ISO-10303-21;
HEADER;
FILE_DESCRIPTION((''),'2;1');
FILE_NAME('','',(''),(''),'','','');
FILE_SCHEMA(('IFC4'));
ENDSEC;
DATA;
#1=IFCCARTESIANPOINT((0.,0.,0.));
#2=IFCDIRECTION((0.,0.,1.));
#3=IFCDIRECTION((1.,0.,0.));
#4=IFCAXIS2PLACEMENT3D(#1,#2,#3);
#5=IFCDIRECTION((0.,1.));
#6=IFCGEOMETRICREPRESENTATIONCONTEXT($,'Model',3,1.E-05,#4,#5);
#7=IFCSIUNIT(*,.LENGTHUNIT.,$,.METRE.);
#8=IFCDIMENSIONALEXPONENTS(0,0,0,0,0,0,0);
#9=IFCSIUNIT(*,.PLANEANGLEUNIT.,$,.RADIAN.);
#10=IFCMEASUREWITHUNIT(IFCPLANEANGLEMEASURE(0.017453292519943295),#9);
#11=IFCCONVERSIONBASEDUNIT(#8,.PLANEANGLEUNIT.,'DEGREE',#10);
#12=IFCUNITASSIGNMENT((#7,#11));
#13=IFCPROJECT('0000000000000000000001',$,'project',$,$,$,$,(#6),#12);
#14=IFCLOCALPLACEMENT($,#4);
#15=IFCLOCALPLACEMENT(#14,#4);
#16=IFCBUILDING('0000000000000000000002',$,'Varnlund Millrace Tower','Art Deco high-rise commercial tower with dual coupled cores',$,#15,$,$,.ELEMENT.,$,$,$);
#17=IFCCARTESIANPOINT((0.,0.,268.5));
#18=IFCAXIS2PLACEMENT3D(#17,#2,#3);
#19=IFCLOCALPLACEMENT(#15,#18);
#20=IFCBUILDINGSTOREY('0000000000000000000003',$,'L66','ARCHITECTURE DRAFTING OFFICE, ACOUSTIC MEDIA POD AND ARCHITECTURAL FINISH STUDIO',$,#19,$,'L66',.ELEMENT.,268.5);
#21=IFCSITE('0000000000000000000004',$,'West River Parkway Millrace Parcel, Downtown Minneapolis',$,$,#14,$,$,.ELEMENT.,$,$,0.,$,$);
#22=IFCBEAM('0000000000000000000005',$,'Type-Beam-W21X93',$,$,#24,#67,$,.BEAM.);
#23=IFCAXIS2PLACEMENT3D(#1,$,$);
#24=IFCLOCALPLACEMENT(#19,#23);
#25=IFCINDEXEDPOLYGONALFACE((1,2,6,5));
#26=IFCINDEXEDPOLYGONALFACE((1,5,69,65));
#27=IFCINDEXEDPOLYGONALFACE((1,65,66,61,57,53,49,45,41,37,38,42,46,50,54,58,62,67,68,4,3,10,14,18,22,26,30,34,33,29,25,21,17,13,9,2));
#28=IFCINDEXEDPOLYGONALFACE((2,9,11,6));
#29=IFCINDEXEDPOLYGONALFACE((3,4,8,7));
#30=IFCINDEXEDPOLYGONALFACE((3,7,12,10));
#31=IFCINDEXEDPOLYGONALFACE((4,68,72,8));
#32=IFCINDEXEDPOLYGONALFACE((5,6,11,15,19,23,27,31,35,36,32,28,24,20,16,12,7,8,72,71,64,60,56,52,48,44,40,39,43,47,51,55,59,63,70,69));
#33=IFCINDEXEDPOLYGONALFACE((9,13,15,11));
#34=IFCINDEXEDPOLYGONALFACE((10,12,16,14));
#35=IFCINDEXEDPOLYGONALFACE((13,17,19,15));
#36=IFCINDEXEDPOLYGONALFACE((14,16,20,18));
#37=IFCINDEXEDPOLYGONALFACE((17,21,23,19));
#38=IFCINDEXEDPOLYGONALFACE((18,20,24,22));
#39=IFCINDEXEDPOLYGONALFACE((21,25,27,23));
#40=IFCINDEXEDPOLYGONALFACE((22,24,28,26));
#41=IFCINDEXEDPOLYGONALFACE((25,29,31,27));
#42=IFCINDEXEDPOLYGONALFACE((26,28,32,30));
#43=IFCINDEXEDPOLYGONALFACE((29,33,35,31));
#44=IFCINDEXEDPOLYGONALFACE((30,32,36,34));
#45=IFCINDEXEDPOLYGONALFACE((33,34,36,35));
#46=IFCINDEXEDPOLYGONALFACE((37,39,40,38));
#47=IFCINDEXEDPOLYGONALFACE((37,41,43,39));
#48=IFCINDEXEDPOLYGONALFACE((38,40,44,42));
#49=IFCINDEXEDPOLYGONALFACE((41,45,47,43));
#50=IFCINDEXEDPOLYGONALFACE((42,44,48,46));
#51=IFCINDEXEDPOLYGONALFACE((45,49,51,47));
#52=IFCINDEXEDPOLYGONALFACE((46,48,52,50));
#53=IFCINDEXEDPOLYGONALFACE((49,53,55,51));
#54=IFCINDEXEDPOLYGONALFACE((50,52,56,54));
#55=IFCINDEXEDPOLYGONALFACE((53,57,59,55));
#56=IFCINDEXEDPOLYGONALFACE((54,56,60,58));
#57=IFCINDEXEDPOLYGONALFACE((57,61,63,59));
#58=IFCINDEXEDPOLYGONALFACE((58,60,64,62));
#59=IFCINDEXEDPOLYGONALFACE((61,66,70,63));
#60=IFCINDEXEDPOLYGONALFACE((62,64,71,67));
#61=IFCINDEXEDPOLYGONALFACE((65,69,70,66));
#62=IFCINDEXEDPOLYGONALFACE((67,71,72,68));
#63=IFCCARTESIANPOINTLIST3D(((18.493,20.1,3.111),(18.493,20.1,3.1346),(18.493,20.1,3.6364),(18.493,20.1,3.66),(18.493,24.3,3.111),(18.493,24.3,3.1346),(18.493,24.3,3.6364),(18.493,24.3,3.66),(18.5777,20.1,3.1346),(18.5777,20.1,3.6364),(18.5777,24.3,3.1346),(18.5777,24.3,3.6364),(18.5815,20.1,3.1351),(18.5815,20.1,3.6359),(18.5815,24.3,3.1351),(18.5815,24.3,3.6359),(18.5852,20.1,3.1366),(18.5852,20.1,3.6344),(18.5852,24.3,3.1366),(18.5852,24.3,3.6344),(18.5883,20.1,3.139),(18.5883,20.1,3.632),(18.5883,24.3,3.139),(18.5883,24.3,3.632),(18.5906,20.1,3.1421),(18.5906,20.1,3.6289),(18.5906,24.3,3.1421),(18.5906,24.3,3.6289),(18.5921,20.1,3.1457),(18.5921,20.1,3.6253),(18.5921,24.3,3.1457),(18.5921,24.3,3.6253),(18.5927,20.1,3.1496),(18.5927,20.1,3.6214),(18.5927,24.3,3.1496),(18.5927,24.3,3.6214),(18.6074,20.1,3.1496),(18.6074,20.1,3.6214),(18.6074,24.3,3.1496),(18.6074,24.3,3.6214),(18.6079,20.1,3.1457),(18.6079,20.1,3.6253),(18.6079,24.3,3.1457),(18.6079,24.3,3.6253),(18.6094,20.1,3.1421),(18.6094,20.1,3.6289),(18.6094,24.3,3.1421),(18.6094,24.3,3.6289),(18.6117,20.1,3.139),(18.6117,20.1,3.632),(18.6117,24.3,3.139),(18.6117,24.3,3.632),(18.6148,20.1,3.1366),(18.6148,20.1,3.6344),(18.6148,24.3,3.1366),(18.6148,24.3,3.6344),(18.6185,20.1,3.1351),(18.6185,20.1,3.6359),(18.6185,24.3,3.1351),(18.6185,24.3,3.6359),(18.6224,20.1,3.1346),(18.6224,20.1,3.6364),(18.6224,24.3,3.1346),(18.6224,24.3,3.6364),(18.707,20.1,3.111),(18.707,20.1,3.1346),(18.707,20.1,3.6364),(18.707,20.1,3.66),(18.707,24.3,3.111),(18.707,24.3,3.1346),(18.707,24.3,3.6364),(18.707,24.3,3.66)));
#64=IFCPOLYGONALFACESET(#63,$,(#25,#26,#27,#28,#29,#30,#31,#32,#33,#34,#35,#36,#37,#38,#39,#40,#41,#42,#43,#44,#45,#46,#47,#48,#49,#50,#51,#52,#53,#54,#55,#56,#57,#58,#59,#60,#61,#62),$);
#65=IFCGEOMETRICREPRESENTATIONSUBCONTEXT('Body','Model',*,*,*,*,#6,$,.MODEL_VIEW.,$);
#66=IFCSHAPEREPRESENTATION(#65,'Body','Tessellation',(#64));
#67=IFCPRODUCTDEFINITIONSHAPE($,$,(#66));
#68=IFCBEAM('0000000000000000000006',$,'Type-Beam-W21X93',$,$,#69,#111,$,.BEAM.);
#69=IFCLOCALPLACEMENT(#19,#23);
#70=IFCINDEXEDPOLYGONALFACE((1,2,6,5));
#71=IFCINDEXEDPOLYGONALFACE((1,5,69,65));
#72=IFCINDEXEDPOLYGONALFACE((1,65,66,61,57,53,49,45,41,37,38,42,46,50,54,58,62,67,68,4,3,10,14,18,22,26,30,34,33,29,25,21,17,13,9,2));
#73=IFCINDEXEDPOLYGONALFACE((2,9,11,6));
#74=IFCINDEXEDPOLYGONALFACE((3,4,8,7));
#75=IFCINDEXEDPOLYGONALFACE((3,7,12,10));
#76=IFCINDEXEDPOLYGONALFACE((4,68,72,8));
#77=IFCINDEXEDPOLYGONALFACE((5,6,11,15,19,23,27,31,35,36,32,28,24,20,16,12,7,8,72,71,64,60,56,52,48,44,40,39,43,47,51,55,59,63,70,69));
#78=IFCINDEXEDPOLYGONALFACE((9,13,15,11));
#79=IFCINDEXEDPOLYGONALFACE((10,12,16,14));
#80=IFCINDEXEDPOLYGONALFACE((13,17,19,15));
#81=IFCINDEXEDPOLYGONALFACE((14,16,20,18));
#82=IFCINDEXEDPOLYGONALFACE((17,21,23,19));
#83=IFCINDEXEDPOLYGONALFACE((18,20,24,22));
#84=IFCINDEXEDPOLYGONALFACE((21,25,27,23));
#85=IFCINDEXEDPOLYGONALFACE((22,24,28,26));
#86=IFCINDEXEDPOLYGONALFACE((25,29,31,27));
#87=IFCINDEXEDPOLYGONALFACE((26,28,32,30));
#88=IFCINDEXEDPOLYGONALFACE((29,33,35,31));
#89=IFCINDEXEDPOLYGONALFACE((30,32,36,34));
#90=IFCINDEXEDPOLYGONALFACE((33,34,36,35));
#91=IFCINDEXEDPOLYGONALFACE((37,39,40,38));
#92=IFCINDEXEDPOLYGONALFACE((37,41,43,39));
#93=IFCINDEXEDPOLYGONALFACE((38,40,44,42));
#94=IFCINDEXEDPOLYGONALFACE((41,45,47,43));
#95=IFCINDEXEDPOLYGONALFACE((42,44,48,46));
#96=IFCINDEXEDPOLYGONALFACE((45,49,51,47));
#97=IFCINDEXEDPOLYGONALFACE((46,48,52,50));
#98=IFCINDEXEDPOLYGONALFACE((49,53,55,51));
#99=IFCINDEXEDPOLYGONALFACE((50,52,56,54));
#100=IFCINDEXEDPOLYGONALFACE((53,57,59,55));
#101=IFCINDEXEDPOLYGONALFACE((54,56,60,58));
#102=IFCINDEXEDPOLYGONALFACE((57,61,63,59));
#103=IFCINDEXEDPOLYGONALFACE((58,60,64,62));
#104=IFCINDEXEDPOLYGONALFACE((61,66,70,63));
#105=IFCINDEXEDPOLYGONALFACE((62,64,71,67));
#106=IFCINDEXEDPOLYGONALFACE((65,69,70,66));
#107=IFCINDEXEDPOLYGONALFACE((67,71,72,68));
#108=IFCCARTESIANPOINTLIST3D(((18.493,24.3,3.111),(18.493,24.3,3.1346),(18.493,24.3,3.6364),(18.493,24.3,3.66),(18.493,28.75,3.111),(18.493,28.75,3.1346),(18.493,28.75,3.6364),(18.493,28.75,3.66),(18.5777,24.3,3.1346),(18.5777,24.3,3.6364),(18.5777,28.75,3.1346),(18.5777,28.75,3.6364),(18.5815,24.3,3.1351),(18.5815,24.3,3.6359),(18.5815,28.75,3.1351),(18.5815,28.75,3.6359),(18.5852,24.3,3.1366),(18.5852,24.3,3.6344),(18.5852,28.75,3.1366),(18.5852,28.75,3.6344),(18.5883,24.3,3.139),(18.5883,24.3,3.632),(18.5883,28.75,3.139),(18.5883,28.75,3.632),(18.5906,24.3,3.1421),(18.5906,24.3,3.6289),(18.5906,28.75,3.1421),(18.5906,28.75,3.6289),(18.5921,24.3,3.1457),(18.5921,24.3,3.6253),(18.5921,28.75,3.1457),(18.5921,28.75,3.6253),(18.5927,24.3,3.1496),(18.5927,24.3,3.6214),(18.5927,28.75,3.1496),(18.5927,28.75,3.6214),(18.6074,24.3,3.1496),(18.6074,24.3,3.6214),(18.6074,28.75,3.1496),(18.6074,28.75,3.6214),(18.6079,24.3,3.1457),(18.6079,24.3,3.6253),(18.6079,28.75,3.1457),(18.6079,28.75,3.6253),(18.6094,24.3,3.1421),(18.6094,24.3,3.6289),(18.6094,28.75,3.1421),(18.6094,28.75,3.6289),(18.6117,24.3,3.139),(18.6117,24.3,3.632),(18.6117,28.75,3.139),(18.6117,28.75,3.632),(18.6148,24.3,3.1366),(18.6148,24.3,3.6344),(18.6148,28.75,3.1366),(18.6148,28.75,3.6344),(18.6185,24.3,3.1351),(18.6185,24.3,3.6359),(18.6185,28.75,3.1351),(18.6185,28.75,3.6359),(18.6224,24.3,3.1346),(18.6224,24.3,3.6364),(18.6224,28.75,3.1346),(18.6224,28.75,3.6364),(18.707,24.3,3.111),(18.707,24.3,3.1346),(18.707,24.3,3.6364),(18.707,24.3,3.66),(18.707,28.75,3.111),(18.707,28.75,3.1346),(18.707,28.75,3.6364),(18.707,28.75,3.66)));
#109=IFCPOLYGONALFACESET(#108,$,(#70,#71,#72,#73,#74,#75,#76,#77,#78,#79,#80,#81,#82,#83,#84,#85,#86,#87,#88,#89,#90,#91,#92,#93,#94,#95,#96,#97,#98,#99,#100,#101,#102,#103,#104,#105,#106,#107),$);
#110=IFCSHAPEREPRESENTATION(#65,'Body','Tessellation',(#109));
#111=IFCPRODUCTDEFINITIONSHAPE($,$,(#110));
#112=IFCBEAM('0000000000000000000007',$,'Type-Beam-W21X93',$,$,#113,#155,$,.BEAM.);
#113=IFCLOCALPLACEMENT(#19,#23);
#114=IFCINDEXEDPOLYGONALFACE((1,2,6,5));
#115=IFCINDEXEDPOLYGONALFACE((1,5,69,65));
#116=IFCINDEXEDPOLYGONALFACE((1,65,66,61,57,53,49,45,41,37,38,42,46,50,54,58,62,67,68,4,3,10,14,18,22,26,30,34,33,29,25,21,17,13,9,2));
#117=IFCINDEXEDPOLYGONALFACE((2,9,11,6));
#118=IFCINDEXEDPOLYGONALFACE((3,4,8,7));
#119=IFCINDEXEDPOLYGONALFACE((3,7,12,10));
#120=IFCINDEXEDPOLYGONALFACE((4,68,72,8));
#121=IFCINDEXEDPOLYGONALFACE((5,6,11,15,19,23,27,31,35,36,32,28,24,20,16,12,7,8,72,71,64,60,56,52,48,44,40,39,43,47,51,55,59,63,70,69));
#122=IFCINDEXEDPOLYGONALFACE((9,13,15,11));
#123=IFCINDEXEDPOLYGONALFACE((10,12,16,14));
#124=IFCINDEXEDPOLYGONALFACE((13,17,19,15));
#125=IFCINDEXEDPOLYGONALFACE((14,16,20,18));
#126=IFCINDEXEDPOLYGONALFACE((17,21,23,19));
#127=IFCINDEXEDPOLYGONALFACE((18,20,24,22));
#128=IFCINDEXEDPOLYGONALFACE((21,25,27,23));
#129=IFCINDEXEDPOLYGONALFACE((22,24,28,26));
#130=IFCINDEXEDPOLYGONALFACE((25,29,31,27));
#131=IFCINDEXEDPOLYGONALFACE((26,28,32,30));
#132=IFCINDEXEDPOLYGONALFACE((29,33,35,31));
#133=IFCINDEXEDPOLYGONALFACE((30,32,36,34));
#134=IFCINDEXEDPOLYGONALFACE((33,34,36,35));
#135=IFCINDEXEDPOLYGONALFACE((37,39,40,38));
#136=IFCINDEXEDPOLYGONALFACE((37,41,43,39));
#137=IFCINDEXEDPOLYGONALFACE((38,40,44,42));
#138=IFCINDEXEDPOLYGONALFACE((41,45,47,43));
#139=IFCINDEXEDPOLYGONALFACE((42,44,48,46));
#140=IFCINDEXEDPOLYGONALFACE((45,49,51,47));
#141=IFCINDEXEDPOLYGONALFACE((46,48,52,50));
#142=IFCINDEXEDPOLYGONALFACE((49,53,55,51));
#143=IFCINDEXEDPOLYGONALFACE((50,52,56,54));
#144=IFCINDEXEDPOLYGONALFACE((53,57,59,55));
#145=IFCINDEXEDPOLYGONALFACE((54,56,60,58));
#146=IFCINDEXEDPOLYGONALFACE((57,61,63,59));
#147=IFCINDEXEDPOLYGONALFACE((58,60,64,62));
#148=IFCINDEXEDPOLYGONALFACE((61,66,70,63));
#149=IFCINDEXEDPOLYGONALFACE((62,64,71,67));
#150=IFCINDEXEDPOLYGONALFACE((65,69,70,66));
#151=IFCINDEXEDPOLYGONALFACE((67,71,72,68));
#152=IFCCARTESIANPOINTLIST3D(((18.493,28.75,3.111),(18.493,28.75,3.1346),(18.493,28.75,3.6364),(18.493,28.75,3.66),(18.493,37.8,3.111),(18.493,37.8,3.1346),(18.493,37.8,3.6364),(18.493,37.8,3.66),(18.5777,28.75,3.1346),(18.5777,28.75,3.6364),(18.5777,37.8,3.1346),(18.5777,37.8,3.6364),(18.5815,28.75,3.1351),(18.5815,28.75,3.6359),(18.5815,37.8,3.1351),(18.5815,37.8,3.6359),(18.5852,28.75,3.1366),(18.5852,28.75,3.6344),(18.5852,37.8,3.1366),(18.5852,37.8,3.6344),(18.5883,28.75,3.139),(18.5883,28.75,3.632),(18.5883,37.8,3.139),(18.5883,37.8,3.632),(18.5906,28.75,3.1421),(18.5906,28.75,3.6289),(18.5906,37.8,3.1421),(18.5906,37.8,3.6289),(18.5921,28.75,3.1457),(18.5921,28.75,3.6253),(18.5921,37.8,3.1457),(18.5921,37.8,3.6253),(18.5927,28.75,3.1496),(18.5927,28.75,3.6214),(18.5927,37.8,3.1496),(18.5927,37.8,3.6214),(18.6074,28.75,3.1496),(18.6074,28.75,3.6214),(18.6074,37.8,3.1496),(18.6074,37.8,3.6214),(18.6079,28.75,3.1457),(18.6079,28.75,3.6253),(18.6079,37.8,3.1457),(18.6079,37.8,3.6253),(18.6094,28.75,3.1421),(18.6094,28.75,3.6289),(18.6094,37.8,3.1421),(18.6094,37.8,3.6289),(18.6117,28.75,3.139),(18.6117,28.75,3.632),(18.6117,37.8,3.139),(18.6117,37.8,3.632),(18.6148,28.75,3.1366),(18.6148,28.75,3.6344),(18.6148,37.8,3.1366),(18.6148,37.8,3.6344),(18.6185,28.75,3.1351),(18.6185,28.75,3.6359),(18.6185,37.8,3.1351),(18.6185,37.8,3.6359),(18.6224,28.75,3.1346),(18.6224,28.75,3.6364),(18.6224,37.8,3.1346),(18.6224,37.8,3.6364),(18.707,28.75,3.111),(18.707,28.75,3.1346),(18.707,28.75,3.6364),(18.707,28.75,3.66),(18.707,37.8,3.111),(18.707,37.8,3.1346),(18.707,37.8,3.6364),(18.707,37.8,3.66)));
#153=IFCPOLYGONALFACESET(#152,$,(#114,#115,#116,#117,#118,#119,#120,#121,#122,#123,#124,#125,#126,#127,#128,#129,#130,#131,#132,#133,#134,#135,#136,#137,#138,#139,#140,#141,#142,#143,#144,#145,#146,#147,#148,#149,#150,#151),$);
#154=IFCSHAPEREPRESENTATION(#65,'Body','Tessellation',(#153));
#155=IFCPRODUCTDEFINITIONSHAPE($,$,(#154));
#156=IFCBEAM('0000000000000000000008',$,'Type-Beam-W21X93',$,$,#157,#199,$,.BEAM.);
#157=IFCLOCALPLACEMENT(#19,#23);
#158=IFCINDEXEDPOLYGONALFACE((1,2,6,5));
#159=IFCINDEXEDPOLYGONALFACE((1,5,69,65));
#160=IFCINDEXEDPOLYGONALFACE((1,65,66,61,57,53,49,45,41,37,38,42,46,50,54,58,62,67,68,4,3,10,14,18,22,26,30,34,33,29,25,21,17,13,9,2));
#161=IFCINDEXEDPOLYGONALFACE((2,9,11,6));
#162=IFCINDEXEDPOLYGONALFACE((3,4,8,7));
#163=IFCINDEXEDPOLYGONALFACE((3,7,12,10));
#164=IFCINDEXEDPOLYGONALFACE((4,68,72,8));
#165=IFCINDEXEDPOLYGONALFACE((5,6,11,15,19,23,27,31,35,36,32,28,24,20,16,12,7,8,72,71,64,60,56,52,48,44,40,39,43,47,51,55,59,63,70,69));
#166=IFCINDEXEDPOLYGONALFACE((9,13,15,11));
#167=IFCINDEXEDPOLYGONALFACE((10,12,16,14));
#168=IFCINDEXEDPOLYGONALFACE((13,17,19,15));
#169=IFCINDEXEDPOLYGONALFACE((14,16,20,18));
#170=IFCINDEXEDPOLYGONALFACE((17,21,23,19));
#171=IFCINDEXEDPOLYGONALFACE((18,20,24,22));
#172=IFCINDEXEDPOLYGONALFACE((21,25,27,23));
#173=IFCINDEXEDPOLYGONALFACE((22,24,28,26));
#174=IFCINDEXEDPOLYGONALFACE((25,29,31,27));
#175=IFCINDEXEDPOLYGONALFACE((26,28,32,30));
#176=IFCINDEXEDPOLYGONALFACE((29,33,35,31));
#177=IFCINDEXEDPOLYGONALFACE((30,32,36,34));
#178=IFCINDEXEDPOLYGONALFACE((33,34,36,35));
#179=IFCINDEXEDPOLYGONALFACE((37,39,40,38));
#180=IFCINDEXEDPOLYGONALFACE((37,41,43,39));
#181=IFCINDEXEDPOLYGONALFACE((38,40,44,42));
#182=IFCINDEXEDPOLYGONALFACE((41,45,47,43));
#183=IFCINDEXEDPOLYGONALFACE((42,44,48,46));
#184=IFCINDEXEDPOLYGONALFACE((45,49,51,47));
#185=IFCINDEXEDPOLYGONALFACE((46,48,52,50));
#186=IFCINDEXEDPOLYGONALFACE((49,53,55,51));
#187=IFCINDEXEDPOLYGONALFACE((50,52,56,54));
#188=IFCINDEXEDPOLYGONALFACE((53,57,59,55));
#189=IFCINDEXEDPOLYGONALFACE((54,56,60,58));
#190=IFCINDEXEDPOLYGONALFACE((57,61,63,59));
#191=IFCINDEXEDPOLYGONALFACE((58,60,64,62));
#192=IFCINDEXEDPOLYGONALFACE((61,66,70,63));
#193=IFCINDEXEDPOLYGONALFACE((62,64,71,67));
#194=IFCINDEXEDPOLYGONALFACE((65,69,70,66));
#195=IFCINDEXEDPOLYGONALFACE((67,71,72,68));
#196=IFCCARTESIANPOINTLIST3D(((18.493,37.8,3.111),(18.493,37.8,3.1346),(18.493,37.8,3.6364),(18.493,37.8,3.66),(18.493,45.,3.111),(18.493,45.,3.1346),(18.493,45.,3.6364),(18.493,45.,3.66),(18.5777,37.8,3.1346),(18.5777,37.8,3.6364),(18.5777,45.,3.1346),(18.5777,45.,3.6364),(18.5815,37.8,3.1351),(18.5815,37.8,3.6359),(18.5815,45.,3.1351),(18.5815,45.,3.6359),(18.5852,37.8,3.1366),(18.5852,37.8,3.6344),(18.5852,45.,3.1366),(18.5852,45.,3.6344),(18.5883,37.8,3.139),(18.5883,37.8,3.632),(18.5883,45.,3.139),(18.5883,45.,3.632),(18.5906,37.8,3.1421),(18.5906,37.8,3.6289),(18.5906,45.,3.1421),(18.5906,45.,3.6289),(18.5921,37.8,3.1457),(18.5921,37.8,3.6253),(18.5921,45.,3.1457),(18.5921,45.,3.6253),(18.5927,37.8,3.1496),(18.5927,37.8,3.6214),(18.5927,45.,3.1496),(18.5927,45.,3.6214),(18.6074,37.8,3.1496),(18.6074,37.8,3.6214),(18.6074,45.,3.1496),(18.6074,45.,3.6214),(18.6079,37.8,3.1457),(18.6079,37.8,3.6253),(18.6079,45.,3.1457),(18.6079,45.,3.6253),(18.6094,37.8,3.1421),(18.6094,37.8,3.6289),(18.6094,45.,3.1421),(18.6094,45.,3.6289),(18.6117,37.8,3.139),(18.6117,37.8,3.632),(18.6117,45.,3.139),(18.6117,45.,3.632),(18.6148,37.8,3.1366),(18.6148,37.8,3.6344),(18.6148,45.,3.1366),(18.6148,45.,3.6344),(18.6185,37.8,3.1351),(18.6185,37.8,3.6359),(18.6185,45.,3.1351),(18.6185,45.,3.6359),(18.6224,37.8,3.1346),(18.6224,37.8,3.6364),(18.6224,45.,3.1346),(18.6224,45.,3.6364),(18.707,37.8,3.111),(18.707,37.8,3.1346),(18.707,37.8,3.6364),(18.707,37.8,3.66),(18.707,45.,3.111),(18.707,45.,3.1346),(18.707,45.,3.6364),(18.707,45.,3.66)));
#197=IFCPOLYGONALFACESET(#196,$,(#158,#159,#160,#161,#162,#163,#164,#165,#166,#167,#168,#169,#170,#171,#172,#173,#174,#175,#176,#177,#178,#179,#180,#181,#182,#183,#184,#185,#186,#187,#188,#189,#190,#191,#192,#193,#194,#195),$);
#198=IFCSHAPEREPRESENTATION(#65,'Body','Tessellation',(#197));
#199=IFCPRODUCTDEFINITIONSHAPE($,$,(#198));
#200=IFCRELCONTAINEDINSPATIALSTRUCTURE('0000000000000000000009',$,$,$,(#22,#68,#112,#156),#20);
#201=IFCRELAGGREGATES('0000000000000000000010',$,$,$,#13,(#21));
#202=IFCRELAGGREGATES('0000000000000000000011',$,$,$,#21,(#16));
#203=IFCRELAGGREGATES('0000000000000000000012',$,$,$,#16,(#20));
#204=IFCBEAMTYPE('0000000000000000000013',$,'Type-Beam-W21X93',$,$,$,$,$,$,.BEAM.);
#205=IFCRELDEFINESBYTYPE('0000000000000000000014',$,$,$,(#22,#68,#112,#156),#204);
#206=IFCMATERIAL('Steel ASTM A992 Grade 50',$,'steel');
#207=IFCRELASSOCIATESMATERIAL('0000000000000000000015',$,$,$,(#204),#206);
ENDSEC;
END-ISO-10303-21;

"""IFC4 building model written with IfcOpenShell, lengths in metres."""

from ifc_helpers import new_model, entity, si_unit, converted_unit, direction, frame, origin_with_axes, origin_2d_with_axis, place, context, subcontext, project, spatial, i_section, extrude, material, material_profile, profile_set, type_object, element, save


model = new_model("IFC4")

# Units and contexts
model_context = context("Model", 3, precision=1e-05, world=origin_with_axes(), true_north=direction((0.0, 1.0)))
body_context = subcontext(model_context, "Body", "Model", "MODEL_VIEW")
ifc_project = project(units=[si_unit("LENGTHUNIT", "METRE"), converted_unit("PLANEANGLEUNIT", "DEGREE", entity("IfcPlaneAngleMeasure", 0.017453292519943295), si_unit("PLANEANGLEUNIT", "RADIAN"), dimensions=[0, 0, 0, 0, 0, 0, 0])], contexts=[model_context])

# Site, building, storey
site_placement = place(None, origin_with_axes())
site = spatial("IfcSite", under=ifc_project, at=site_placement, Name="West River Parkway Millrace Parcel, Downtown Minneapolis", CompositionType="ELEMENT", RefElevation=0.0)
building_placement = place(site_placement, origin_with_axes())
building = spatial("IfcBuilding", under=site, at=building_placement, Name="Varnlund Millrace Tower", Description="Art Deco high-rise commercial tower with dual coupled cores", CompositionType="ELEMENT")
storey_placement = place(building_placement, frame((0.0, 0.0, 268.5), z_axis=(0.0, 0.0, 1.0), x_axis=(1.0, 0.0, 0.0)))
storey = spatial("IfcBuildingStorey", under=building, at=storey_placement, Name="L66", Description="ARCHITECTURE DRAFTING OFFICE, ACOUSTIC MEDIA POD AND ARCHITECTURAL FINISH STUDIO", LongName="L66", CompositionType="ELEMENT", Elevation=268.5)

# Beams
ifc_material_1 = material(Name="Steel ASTM A992 Grade 50", Category="steel")
ifc_material_profile_1 = material_profile(ifc_material_1, i_section(OverallWidth=0.214, OverallDepth=0.549, WebThickness=0.0147, FlangeThickness=0.0236, FilletRadius=0.015, at=origin_2d_with_axis()), Name="Steel ASTM A992 Grade 50")
ifc_profile_set_1 = profile_set([ifc_material_profile_1], Name="Steel ASTM A992 Grade 50")
beam_type_1 = type_object("IfcBeamType", Name="Type-Beam-W21X93", PredefinedType="BEAM", material=ifc_profile_set_1)
beam_1_placement = place(storey_placement, frame((18.6, 20.1, 3.3855), z_axis=(0.0, 1.0, 0.0), x_axis=(-1.0, 0.0, 0.0)))
element("IfcBeam", 1, at=beam_1_placement, inside=storey, type_object=beam_type_1, Name="Type-Beam-W21X93", PredefinedType="BEAM", context=body_context, shape_type="SweptSolid", body=[
    extrude(i_section(OverallWidth=0.214, OverallDepth=0.549, WebThickness=0.0147, FlangeThickness=0.0236, FilletRadius=0.015, at=origin_2d_with_axis()), origin_with_axes(), (0.0, 0.0, 1.0), 4.2),
])
beam_2_placement = place(storey_placement, frame((18.6, 24.3, 3.3855), z_axis=(0.0, 1.0, 0.0), x_axis=(-1.0, 0.0, 0.0)))
element("IfcBeam", 2, at=beam_2_placement, inside=storey, type_object=beam_type_1, Name="Type-Beam-W21X93", PredefinedType="BEAM", context=body_context, shape_type="SweptSolid", body=[
    extrude(i_section(OverallWidth=0.214, OverallDepth=0.549, WebThickness=0.0147, FlangeThickness=0.0236, FilletRadius=0.015, at=origin_2d_with_axis()), origin_with_axes(), (0.0, 0.0, 1.0), 4.45),
])
beam_3_placement = place(storey_placement, frame((18.6, 28.75, 3.3855), z_axis=(0.0, 1.0, 0.0), x_axis=(-1.0, 0.0, 0.0)))
element("IfcBeam", 3, at=beam_3_placement, inside=storey, type_object=beam_type_1, Name="Type-Beam-W21X93", PredefinedType="BEAM", context=body_context, shape_type="SweptSolid", body=[
    extrude(i_section(OverallWidth=0.214, OverallDepth=0.549, WebThickness=0.0147, FlangeThickness=0.0236, FilletRadius=0.015, at=origin_2d_with_axis()), origin_with_axes(), (0.0, 0.0, 1.0), 9.05),
])
beam_4_placement = place(storey_placement, frame((18.6, 37.8, 3.3855), z_axis=(0.0, 1.0, 0.0), x_axis=(-1.0, 0.0, 0.0)))
element("IfcBeam", 4, at=beam_4_placement, inside=storey, type_object=beam_type_1, Name="Type-Beam-W21X93", PredefinedType="BEAM", context=body_context, shape_type="SweptSolid", body=[
    extrude(i_section(OverallWidth=0.214, OverallDepth=0.549, WebThickness=0.0147, FlangeThickness=0.0236, FilletRadius=0.015, at=origin_2d_with_axis()), origin_with_axes(), (0.0, 0.0, 1.0), 7.2),
])

save(model, "model.ifc")
